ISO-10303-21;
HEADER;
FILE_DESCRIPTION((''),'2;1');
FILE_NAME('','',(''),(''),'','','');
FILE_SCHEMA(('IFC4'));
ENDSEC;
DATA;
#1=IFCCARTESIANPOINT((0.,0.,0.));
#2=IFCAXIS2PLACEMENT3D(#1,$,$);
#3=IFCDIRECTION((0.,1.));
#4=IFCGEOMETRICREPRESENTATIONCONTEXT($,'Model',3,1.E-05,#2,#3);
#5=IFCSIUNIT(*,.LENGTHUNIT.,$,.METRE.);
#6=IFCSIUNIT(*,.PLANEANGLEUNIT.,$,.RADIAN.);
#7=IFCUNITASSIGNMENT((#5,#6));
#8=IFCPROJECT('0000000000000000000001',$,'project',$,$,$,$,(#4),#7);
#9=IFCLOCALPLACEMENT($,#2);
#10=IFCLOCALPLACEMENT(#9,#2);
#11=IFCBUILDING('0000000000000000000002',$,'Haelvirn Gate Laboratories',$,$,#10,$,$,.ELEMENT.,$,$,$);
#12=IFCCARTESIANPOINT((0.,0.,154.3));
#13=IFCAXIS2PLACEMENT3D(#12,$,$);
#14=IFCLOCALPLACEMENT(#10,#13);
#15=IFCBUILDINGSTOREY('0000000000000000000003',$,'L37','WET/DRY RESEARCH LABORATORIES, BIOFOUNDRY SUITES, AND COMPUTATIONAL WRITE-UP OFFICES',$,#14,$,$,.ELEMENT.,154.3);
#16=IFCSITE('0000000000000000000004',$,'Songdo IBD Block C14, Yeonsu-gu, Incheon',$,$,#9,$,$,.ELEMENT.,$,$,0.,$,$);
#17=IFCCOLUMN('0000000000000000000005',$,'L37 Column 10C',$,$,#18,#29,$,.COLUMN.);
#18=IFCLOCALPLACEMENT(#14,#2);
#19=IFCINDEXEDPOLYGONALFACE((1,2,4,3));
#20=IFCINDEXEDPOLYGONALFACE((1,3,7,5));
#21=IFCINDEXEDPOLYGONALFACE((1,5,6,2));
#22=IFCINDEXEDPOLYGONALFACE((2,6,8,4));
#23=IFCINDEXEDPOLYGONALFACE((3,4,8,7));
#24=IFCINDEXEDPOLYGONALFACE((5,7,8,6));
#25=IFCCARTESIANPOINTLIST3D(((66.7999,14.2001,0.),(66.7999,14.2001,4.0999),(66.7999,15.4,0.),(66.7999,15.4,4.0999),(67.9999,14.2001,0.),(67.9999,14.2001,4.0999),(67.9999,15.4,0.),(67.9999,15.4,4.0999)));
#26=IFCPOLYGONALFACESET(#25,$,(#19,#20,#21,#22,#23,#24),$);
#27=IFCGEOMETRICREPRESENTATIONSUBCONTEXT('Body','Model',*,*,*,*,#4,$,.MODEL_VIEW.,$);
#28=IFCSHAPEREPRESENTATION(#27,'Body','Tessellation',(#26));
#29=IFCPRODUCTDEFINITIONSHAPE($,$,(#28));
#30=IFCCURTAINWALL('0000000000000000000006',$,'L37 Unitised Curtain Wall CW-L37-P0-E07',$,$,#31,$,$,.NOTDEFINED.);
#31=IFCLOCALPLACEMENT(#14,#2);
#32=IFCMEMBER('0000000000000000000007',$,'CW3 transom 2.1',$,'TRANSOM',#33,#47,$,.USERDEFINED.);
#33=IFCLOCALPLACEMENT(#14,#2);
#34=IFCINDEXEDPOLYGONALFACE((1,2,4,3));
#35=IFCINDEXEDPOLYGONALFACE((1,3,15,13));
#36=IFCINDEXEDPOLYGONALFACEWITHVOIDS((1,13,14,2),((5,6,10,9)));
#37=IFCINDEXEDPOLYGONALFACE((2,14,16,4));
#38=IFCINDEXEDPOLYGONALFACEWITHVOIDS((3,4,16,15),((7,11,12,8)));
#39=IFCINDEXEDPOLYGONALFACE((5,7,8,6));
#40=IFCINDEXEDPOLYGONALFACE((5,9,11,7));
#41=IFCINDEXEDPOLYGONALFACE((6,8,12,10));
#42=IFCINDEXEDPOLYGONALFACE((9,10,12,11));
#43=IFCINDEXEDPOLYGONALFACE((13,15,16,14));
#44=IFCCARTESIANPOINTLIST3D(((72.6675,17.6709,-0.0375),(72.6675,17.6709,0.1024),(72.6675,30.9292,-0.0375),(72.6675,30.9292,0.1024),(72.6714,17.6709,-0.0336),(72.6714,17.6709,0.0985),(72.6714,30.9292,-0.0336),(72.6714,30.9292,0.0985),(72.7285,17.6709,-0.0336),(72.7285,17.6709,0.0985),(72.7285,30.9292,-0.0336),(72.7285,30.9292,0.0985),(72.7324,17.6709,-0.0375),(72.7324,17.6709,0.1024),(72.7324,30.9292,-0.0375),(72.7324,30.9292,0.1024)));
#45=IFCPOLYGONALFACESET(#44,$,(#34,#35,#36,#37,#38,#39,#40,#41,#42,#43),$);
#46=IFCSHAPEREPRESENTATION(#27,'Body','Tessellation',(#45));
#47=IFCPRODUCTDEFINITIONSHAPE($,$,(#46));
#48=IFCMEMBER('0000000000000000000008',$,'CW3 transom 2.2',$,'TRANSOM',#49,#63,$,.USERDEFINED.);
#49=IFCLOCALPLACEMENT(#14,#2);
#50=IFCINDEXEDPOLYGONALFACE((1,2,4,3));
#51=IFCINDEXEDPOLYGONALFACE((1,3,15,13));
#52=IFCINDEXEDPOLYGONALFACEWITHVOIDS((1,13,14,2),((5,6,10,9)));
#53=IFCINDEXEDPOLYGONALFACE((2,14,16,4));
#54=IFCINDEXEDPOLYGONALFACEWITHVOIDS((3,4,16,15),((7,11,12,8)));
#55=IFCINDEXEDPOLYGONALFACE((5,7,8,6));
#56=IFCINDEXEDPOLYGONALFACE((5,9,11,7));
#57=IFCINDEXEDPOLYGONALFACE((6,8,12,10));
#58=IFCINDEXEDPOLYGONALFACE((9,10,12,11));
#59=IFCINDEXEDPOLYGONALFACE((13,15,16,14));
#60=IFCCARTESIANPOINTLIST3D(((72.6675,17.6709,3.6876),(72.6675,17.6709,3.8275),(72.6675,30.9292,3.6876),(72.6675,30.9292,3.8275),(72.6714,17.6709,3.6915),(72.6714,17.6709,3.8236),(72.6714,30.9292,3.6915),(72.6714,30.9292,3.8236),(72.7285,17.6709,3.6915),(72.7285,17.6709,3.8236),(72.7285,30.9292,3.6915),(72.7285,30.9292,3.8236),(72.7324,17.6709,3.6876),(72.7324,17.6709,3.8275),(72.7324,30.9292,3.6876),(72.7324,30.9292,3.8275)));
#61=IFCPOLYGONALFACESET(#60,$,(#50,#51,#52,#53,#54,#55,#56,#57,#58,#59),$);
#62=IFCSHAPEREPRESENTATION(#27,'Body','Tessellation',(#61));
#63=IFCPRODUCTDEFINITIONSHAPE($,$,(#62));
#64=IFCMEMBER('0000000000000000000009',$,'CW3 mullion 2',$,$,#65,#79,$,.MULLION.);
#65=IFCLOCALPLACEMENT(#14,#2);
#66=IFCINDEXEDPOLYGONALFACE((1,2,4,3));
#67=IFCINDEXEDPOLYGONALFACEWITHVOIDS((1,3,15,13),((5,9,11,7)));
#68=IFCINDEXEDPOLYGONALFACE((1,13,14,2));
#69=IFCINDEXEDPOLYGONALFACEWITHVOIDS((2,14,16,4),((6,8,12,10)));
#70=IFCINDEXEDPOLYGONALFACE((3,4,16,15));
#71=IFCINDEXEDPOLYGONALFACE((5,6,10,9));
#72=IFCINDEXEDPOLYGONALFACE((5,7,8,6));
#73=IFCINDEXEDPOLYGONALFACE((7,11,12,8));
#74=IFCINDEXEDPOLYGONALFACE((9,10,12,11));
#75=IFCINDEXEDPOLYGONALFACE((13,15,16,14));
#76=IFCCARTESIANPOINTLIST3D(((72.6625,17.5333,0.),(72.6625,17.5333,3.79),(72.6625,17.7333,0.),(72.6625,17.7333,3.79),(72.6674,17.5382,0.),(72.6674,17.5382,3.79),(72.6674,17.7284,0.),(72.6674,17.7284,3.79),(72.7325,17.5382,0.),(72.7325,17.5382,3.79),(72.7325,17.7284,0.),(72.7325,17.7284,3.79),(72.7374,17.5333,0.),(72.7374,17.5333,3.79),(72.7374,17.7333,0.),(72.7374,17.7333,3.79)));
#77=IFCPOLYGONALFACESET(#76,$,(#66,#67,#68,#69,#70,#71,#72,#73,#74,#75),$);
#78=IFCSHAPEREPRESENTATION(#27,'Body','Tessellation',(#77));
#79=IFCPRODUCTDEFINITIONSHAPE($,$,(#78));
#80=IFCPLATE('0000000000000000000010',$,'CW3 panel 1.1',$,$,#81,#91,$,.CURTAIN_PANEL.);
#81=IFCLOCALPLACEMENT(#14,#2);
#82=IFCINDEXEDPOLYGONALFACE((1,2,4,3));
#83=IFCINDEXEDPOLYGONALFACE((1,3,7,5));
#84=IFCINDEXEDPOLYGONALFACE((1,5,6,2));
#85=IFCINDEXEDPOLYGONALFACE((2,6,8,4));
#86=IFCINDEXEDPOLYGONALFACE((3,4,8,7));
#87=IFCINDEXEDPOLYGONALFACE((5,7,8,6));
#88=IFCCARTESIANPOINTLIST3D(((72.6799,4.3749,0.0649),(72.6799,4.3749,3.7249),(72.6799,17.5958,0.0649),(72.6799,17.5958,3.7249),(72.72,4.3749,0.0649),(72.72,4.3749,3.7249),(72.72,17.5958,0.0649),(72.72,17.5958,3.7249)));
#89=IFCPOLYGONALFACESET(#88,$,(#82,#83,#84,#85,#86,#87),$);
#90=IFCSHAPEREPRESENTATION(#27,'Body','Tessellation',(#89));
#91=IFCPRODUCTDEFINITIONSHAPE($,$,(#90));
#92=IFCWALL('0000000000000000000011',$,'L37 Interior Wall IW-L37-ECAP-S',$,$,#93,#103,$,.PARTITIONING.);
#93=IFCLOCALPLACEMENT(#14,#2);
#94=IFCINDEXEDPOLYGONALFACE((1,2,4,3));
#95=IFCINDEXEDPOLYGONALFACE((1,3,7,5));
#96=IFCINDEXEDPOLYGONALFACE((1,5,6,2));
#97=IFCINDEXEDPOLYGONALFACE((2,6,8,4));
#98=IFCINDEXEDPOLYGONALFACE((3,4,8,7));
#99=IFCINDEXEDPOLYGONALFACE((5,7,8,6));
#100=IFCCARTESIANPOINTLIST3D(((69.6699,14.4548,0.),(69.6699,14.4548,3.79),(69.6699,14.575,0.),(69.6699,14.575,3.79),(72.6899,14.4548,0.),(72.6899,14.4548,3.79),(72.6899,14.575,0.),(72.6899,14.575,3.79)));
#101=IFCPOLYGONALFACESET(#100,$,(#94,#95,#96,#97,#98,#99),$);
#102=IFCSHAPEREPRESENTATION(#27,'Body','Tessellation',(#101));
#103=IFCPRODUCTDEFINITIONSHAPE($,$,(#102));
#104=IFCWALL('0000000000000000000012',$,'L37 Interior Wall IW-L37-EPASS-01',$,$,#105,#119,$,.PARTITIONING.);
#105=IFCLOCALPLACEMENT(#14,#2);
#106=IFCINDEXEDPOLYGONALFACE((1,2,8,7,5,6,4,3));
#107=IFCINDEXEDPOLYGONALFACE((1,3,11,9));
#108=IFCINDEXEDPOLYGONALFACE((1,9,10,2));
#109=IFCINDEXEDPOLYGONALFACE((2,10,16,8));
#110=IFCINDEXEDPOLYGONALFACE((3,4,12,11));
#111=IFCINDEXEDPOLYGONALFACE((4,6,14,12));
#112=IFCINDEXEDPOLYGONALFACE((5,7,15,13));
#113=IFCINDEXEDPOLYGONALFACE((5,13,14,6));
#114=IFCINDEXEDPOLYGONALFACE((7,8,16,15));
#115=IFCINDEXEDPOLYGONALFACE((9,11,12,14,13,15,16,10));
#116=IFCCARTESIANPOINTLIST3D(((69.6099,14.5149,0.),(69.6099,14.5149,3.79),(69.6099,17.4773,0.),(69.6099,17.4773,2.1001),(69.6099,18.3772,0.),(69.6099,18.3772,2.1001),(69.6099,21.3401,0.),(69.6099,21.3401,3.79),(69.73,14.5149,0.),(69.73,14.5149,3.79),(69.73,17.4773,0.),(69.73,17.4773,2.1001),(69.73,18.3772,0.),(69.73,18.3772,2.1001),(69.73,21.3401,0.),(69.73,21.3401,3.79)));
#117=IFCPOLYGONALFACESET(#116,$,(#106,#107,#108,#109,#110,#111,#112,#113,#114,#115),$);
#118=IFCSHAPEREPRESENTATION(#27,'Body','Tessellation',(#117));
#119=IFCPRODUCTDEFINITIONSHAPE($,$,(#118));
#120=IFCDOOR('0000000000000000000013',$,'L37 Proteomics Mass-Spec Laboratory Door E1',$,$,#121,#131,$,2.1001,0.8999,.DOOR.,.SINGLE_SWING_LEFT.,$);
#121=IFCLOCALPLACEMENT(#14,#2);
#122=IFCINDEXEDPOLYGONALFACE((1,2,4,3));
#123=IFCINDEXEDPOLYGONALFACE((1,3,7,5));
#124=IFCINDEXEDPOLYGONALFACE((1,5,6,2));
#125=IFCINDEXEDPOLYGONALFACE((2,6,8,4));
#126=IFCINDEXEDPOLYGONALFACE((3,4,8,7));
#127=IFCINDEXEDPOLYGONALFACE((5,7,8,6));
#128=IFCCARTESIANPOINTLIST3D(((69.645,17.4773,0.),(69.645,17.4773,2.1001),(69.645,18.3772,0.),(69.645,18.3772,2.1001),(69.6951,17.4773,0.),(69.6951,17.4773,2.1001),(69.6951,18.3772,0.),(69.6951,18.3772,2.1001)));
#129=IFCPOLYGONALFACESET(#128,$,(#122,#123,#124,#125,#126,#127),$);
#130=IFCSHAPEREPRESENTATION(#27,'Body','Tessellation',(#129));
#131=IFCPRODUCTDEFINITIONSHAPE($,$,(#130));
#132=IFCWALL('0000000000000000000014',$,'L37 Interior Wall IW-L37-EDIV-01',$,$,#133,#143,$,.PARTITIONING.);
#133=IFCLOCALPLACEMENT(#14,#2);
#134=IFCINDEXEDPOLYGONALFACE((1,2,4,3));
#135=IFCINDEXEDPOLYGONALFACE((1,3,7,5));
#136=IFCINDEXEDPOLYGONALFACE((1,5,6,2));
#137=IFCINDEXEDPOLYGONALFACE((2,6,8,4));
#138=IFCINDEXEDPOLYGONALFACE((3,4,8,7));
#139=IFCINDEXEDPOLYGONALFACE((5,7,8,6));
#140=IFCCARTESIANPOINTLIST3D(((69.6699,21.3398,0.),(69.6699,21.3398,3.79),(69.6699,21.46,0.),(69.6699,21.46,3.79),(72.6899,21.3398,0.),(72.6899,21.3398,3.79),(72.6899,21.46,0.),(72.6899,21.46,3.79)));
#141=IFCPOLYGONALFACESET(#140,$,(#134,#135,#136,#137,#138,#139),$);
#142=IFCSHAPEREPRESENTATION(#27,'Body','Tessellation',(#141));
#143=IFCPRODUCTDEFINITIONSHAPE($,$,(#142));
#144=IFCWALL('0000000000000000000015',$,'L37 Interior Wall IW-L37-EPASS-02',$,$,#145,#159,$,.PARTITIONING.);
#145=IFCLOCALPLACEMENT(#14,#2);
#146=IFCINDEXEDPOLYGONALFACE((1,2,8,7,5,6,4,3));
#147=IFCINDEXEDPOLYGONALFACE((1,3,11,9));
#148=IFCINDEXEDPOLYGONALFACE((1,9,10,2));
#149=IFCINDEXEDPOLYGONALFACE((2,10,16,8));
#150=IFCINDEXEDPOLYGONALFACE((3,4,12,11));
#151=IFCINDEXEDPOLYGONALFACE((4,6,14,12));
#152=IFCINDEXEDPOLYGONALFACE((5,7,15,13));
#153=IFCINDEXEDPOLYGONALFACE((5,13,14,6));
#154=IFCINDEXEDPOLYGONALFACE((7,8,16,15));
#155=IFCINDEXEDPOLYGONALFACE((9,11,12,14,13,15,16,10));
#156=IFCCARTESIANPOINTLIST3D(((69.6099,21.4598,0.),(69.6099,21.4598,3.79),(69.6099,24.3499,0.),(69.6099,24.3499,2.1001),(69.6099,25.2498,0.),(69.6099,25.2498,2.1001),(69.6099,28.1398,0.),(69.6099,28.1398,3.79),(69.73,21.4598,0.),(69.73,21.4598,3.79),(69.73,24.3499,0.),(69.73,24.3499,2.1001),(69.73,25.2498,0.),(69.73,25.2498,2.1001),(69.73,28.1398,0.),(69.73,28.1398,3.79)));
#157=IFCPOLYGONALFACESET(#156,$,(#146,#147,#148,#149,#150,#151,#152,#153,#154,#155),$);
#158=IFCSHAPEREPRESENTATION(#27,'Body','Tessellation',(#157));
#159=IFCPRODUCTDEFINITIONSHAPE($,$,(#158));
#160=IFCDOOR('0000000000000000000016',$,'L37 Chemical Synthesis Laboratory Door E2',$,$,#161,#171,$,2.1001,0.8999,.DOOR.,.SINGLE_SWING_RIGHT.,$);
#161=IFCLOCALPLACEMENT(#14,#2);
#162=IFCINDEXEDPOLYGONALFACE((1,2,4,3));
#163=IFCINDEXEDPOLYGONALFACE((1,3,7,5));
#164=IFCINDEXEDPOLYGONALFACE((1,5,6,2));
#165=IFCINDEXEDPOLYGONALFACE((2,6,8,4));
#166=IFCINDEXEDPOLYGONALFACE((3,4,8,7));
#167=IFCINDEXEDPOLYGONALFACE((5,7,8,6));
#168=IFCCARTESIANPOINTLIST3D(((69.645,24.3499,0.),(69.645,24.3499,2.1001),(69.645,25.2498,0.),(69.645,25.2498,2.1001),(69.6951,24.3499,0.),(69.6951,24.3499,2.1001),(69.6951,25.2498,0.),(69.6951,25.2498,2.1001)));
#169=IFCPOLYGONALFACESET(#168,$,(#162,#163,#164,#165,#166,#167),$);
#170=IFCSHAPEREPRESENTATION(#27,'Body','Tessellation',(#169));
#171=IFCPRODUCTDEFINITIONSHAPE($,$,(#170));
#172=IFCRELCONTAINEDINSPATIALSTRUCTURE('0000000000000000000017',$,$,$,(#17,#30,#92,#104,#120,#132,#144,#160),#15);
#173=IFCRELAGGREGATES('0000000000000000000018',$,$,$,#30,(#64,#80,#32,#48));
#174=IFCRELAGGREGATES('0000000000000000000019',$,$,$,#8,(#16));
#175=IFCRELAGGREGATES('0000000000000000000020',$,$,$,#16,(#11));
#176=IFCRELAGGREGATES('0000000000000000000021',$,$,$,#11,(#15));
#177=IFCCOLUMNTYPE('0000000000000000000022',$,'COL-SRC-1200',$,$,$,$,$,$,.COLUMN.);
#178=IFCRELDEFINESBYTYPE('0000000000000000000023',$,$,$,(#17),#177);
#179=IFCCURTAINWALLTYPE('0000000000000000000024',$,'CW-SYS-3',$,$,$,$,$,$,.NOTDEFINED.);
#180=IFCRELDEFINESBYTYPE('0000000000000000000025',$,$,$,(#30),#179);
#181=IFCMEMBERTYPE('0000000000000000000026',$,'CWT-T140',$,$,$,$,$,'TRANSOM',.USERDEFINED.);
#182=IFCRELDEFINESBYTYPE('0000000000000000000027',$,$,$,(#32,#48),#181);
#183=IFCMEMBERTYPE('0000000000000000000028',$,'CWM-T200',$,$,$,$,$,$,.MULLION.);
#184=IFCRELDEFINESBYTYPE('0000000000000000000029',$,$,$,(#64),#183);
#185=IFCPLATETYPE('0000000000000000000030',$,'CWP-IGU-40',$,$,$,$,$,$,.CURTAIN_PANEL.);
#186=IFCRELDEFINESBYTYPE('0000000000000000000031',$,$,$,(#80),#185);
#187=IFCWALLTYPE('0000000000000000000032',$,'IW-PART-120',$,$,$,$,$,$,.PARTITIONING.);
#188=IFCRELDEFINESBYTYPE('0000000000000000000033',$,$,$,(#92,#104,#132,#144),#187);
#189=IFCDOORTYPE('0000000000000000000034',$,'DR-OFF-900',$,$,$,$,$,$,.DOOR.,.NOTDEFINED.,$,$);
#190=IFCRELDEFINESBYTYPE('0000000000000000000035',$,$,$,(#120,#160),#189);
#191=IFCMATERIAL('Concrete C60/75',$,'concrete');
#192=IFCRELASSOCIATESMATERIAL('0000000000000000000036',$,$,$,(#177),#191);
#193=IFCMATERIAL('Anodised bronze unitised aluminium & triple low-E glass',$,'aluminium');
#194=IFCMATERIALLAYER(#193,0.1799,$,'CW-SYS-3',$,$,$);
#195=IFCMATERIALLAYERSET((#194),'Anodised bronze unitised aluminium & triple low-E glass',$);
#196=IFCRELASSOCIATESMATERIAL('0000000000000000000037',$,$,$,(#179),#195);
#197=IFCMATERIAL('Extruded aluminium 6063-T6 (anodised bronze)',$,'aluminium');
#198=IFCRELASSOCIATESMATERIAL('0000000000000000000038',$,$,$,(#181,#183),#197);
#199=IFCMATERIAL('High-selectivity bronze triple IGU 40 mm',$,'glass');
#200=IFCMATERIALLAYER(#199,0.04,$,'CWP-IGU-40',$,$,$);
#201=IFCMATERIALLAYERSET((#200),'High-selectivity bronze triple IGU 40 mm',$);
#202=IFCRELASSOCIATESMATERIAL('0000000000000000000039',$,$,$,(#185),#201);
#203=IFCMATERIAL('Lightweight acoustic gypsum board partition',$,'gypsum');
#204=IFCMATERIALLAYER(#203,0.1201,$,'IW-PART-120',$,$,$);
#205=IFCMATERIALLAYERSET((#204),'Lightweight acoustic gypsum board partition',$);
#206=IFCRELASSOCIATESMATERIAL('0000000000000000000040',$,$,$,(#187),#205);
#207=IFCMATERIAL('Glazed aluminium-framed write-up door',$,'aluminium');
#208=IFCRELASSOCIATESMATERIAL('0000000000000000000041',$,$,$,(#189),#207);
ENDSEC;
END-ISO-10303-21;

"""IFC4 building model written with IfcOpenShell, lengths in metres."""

from ifc_helpers import new_model, si_unit, direction, frame, frame_2d, origin, origin_2d, place, context, subcontext, project, spatial, rectangle, hollow_rectangle, extrude, source, transform, mapped, material, layer, layer_set, material_profile, profile_set, type_object, type_shapes, element, fill, aggregate, save


model = new_model("IFC4")

# Units and contexts
model_context = context("Model", 3, precision=1e-05, world=origin(), true_north=direction((0.0, 1.0)))
body_context = subcontext(model_context, "Body", "Model", "MODEL_VIEW")
ifc_project = project(units=[si_unit("LENGTHUNIT", "METRE"), si_unit("PLANEANGLEUNIT", "RADIAN")], contexts=[model_context])

# Site, building, storey
site_placement = place(None, origin())
site = spatial("IfcSite", under=ifc_project, at=site_placement, Name="Songdo IBD Block C14, Yeonsu-gu, Incheon", CompositionType="ELEMENT", RefElevation=0.0)
building_placement = place(site_placement, origin())
building = spatial("IfcBuilding", under=site, at=building_placement, Name="Haelvirn Gate Laboratories", CompositionType="ELEMENT")
storey_placement = place(building_placement, frame((0.0, 0.0, 154.3)))
storey = spatial("IfcBuildingStorey", under=building, at=storey_placement, Name="L37", Description="WET/DRY RESEARCH LABORATORIES, BIOFOUNDRY SUITES, AND COMPUTATIONAL WRITE-UP OFFICES", CompositionType="ELEMENT", Elevation=154.3)

# Column
ifc_material_1 = material(Name="Concrete C60/75", Category="concrete")
ifc_material_profile_1 = material_profile(ifc_material_1, rectangle(XDim=1.2, YDim=1.2, at=origin_2d()), Name="SRC-1200x1200")
ifc_profile_set_1 = profile_set([ifc_material_profile_1], Name="Concrete C60/75")
column_type = type_object("IfcColumnType", Name="COL-SRC-1200", PredefinedType="COLUMN", material=ifc_profile_set_1)
shared_shape_1 = source(origin(), body_context, "Body", "SweptSolid", [
    extrude(rectangle(XDim=1.2, YDim=1.2, at=origin_2d()), origin(), (0.0, 0.0, 1.0), 4.0999),
])
type_shapes(column_type, [shared_shape_1])
column_placement = place(storey_placement, frame((67.3999, 14.8, 0.0), z_axis=(0.0, 0.0, 1.0), x_axis=(1.0, 0.0, 0.0)))
element("IfcColumn", 1, at=column_placement, inside=storey, type_object=column_type, Name="L37 Column 10C", PredefinedType="COLUMN", context=body_context, shape_type="MappedRepresentation", body=[
    mapped(shared_shape_1, transform((0.0, 0.0, 0.0), scale=1.0)),
])

# Curtain wall, members, plate
ifc_material_2 = material(Name="Anodised bronze unitised aluminium & triple low-E glass", Category="aluminium")
ifc_layer_1 = layer(ifc_material_2, 0.1799, Name="CW-SYS-3")
ifc_layer_set_1 = layer_set([ifc_layer_1], Name="Anodised bronze unitised aluminium & triple low-E glass")
curtain_wall_type = type_object("IfcCurtainWallType", Name="CW-SYS-3", PredefinedType="NOTDEFINED", material=ifc_layer_set_1)
curtain_wall_placement = place(storey_placement, origin())
curtain_wall = element("IfcCurtainWall", 2, at=curtain_wall_placement, inside=storey, type_object=curtain_wall_type, Name="L37 Unitised Curtain Wall CW-L37-P0-E07", PredefinedType="NOTDEFINED")
ifc_material_3 = material(Name="Extruded aluminium 6063-T6 (anodised bronze)", Category="aluminium")
ifc_material_profile_2 = material_profile(ifc_material_3, hollow_rectangle(XDim=0.0649, YDim=0.1399, WallThickness=0.0039, at=origin_2d()), Name="CWT-140x65x4")
ifc_profile_set_2 = profile_set([ifc_material_profile_2], Name="Extruded aluminium 6063-T6 (anodised bronze)")
member_type_1 = type_object("IfcMemberType", Name="CWT-T140", ElementType="TRANSOM", PredefinedType="USERDEFINED", material=ifc_profile_set_2)
shared_shape_2 = source(origin(), body_context, "Body", "SweptSolid", [
    extrude(hollow_rectangle(XDim=0.0649, YDim=0.1399, WallThickness=0.0039, at=origin_2d()), origin(), (0.0, 0.0, 1.0), 13.2583),
])
type_shapes(member_type_1, [shared_shape_2])
member_1_placement = place(storey_placement, frame((72.7, 17.6709, 0.0325), z_axis=(0.0, 1.0, 0.0), x_axis=(-1.0, 0.0, 0.0)))
member_1 = element("IfcMember", 3, at=member_1_placement, type_object=member_type_1, Name="CW3 transom 2.1", ObjectType="TRANSOM", PredefinedType="USERDEFINED", context=body_context, shape_type="MappedRepresentation", body=[
    mapped(shared_shape_2, transform((0.0, 0.0, 0.0), scale=1.0)),
])
member_2_placement = place(storey_placement, frame((72.7, 17.6709, 3.7576), z_axis=(0.0, 1.0, 0.0), x_axis=(-1.0, 0.0, 0.0)))
member_2 = element("IfcMember", 4, at=member_2_placement, type_object=member_type_1, Name="CW3 transom 2.2", ObjectType="TRANSOM", PredefinedType="USERDEFINED", context=body_context, shape_type="MappedRepresentation", body=[
    mapped(shared_shape_2, transform((0.0, 0.0, 0.0), scale=1.0)),
])
ifc_material_profile_3 = material_profile(ifc_material_3, hollow_rectangle(XDim=0.075, YDim=0.2, WallThickness=0.0049, at=origin_2d()), Name="CWM-200x75x5")
ifc_profile_set_3 = profile_set([ifc_material_profile_3], Name="Extruded aluminium 6063-T6 (anodised bronze)")
member_type_2 = type_object("IfcMemberType", Name="CWM-T200", PredefinedType="MULLION", material=ifc_profile_set_3)
shared_shape_3 = source(origin(), body_context, "Body", "SweptSolid", [
    extrude(hollow_rectangle(XDim=0.075, YDim=0.2, WallThickness=0.0049, at=origin_2d()), origin(), (0.0, 0.0, 1.0), 3.79),
])
type_shapes(member_type_2, [shared_shape_3])
member_3_placement = place(storey_placement, frame((72.7, 17.6333, 0.0), z_axis=(0.0, 0.0, 1.0), x_axis=(-1.0, 0.0, 0.0)))
member_3 = element("IfcMember", 5, at=member_3_placement, type_object=member_type_2, Name="CW3 mullion 2", PredefinedType="MULLION", context=body_context, shape_type="MappedRepresentation", body=[
    mapped(shared_shape_3, transform((0.0, 0.0, 0.0), scale=1.0)),
])
ifc_material_4 = material(Name="High-selectivity bronze triple IGU 40 mm", Category="glass")
ifc_layer_2 = layer(ifc_material_4, 0.04, Name="CWP-IGU-40")
ifc_layer_set_2 = layer_set([ifc_layer_2], Name="High-selectivity bronze triple IGU 40 mm")
plate_type = type_object("IfcPlateType", Name="CWP-IGU-40", PredefinedType="CURTAIN_PANEL", material=ifc_layer_set_2)
shared_shape_4 = source(origin(), body_context, "Body", "SweptSolid", [
    extrude(rectangle(XDim=13.2209, YDim=0.04, at=origin_2d()), origin(), (0.0, 0.0, 1.0), 3.6599),
])
type_shapes(plate_type, [shared_shape_4])
plate_placement = place(storey_placement, frame((72.7, 10.9854, 0.0649), z_axis=(0.0, 0.0, 1.0), x_axis=(0.0, 1.0, 0.0)))
plate = element("IfcPlate", 6, at=plate_placement, type_object=plate_type, Name="CW3 panel 1.1", PredefinedType="CURTAIN_PANEL", context=body_context, shape_type="MappedRepresentation", body=[
    mapped(shared_shape_4, transform((0.0, 0.0, 0.0), scale=1.0)),
])
aggregate(curtain_wall, [member_3, plate, member_1, member_2])

# Wall
ifc_material_5 = material(Name="Lightweight acoustic gypsum board partition", Category="gypsum")
ifc_layer_3 = layer(ifc_material_5, 0.1201, Name="IW-PART-120")
ifc_layer_set_3 = layer_set([ifc_layer_3], Name="Lightweight acoustic gypsum board partition")
wall_type_1 = type_object("IfcWallType", Name="IW-PART-120", PredefinedType="PARTITIONING", material=ifc_layer_set_3)
wall_1_placement = place(storey_placement, frame((69.6699, 14.5149, 0.0), z_axis=(0.0, 0.0, 1.0), x_axis=(1.0, 0.0, 0.0)))
element("IfcWall", 7, at=wall_1_placement, inside=storey, type_object=wall_type_1, Name="L37 Interior Wall IW-L37-ECAP-S", PredefinedType="PARTITIONING", context=body_context, shape_type="SweptSolid", body=[
    extrude(rectangle(XDim=3.02, YDim=0.1201, at=frame_2d((1.51, 0.0))), origin(), (0.0, 0.0, 1.0), 3.79),
])

# Wall, opening, door
wall_2_placement = place(storey_placement, frame((69.6699, 14.5149, 0.0), z_axis=(0.0, 0.0, 1.0), x_axis=(0.0, 1.0, 0.0)))
wall_2 = element("IfcWall", 8, at=wall_2_placement, inside=storey, type_object=wall_type_1, Name="L37 Interior Wall IW-L37-EPASS-01", PredefinedType="PARTITIONING", context=body_context, shape_type="SweptSolid", body=[
    extrude(rectangle(XDim=6.8252, YDim=0.1201, at=frame_2d((3.4126, 0.0))), origin(), (0.0, 0.0, 1.0), 3.79),
])
opening_1_placement = place(wall_2_placement, frame((2.9624, 0.0, 0.0)))
opening_1 = element("IfcOpeningElement", 9, at=opening_1_placement, cuts=wall_2, PredefinedType="OPENING", context=body_context, shape_type="SweptSolid", body=[
    extrude(rectangle(XDim=0.8999, YDim=2.1001, at=frame_2d((0.45, 1.05))), frame((0.0, 0.0701, 0.0), z_axis=(0.0, -1.0, 0.0), x_axis=(1.0, 0.0, 0.0)), (0.0, 0.0, 1.0), 0.1401),
])
ifc_material_6 = material(Name="Glazed aluminium-framed write-up door", Category="aluminium")
door_type_1 = type_object("IfcDoorType", Name="DR-OFF-900", OperationType="NOTDEFINED", PredefinedType="DOOR", material=ifc_material_6)
shared_shape_5 = source(origin(), body_context, "Body", "SweptSolid", [
    extrude(rectangle(XDim=0.8999, YDim=2.1001, at=frame_2d((0.45, 1.05))), frame((0.0, 0.0249, 0.0), z_axis=(0.0, -1.0, 0.0), x_axis=(1.0, 0.0, 0.0)), (0.0, 0.0, 1.0), 0.05),
])
type_shapes(door_type_1, [shared_shape_5])
door_1_placement = place(opening_1_placement, origin())
door_1 = element("IfcDoor", 10, at=door_1_placement, inside=storey, type_object=door_type_1, Name="L37 Proteomics Mass-Spec Laboratory Door E1", OperationType="SINGLE_SWING_LEFT", OverallHeight=2.1001, OverallWidth=0.8999, PredefinedType="DOOR", context=body_context, shape_type="MappedRepresentation", body=[
    mapped(shared_shape_5, transform((0.0, 0.0, 0.0), scale=1.0)),
])
fill(opening_1, door_1)

# Wall
wall_3_placement = place(storey_placement, frame((69.6699, 21.3999, 0.0), z_axis=(0.0, 0.0, 1.0), x_axis=(1.0, 0.0, 0.0)))
element("IfcWall", 11, at=wall_3_placement, inside=storey, type_object=wall_type_1, Name="L37 Interior Wall IW-L37-EDIV-01", PredefinedType="PARTITIONING", context=body_context, shape_type="SweptSolid", body=[
    extrude(rectangle(XDim=3.02, YDim=0.1201, at=frame_2d((1.51, 0.0))), origin(), (0.0, 0.0, 1.0), 3.79),
])

# Wall, opening, door
wall_4_placement = place(storey_placement, frame((69.6699, 21.46, 0.0), z_axis=(0.0, 0.0, 1.0), x_axis=(0.0, 1.0, 0.0)))
wall_4 = element("IfcWall", 12, at=wall_4_placement, inside=storey, type_object=wall_type_1, Name="L37 Interior Wall IW-L37-EPASS-02", PredefinedType="PARTITIONING", context=body_context, shape_type="SweptSolid", body=[
    extrude(rectangle(XDim=6.6799, YDim=0.1201, at=frame_2d((3.3398, 0.0))), origin(), (0.0, 0.0, 1.0), 3.79),
])
opening_2_placement = place(wall_4_placement, frame((2.8899, 0.0, 0.0)))
opening_2 = element("IfcOpeningElement", 13, at=opening_2_placement, cuts=wall_4, PredefinedType="OPENING", context=body_context, shape_type="SweptSolid", body=[
    extrude(rectangle(XDim=0.8999, YDim=2.1001, at=frame_2d((0.45, 1.05))), frame((0.0, 0.0701, 0.0), z_axis=(0.0, -1.0, 0.0), x_axis=(1.0, 0.0, 0.0)), (0.0, 0.0, 1.0), 0.1401),
])
door_2_placement = place(opening_2_placement, origin())
door_2 = element("IfcDoor", 14, at=door_2_placement, inside=storey, type_object=door_type_1, Name="L37 Chemical Synthesis Laboratory Door E2", OperationType="SINGLE_SWING_RIGHT", OverallHeight=2.1001, OverallWidth=0.8999, PredefinedType="DOOR", context=body_context, shape_type="MappedRepresentation", body=[
    mapped(shared_shape_5, transform((0.0, 0.0, 0.0), scale=1.0)),
])
fill(opening_2, door_2)

save(model, "model.ifc")
